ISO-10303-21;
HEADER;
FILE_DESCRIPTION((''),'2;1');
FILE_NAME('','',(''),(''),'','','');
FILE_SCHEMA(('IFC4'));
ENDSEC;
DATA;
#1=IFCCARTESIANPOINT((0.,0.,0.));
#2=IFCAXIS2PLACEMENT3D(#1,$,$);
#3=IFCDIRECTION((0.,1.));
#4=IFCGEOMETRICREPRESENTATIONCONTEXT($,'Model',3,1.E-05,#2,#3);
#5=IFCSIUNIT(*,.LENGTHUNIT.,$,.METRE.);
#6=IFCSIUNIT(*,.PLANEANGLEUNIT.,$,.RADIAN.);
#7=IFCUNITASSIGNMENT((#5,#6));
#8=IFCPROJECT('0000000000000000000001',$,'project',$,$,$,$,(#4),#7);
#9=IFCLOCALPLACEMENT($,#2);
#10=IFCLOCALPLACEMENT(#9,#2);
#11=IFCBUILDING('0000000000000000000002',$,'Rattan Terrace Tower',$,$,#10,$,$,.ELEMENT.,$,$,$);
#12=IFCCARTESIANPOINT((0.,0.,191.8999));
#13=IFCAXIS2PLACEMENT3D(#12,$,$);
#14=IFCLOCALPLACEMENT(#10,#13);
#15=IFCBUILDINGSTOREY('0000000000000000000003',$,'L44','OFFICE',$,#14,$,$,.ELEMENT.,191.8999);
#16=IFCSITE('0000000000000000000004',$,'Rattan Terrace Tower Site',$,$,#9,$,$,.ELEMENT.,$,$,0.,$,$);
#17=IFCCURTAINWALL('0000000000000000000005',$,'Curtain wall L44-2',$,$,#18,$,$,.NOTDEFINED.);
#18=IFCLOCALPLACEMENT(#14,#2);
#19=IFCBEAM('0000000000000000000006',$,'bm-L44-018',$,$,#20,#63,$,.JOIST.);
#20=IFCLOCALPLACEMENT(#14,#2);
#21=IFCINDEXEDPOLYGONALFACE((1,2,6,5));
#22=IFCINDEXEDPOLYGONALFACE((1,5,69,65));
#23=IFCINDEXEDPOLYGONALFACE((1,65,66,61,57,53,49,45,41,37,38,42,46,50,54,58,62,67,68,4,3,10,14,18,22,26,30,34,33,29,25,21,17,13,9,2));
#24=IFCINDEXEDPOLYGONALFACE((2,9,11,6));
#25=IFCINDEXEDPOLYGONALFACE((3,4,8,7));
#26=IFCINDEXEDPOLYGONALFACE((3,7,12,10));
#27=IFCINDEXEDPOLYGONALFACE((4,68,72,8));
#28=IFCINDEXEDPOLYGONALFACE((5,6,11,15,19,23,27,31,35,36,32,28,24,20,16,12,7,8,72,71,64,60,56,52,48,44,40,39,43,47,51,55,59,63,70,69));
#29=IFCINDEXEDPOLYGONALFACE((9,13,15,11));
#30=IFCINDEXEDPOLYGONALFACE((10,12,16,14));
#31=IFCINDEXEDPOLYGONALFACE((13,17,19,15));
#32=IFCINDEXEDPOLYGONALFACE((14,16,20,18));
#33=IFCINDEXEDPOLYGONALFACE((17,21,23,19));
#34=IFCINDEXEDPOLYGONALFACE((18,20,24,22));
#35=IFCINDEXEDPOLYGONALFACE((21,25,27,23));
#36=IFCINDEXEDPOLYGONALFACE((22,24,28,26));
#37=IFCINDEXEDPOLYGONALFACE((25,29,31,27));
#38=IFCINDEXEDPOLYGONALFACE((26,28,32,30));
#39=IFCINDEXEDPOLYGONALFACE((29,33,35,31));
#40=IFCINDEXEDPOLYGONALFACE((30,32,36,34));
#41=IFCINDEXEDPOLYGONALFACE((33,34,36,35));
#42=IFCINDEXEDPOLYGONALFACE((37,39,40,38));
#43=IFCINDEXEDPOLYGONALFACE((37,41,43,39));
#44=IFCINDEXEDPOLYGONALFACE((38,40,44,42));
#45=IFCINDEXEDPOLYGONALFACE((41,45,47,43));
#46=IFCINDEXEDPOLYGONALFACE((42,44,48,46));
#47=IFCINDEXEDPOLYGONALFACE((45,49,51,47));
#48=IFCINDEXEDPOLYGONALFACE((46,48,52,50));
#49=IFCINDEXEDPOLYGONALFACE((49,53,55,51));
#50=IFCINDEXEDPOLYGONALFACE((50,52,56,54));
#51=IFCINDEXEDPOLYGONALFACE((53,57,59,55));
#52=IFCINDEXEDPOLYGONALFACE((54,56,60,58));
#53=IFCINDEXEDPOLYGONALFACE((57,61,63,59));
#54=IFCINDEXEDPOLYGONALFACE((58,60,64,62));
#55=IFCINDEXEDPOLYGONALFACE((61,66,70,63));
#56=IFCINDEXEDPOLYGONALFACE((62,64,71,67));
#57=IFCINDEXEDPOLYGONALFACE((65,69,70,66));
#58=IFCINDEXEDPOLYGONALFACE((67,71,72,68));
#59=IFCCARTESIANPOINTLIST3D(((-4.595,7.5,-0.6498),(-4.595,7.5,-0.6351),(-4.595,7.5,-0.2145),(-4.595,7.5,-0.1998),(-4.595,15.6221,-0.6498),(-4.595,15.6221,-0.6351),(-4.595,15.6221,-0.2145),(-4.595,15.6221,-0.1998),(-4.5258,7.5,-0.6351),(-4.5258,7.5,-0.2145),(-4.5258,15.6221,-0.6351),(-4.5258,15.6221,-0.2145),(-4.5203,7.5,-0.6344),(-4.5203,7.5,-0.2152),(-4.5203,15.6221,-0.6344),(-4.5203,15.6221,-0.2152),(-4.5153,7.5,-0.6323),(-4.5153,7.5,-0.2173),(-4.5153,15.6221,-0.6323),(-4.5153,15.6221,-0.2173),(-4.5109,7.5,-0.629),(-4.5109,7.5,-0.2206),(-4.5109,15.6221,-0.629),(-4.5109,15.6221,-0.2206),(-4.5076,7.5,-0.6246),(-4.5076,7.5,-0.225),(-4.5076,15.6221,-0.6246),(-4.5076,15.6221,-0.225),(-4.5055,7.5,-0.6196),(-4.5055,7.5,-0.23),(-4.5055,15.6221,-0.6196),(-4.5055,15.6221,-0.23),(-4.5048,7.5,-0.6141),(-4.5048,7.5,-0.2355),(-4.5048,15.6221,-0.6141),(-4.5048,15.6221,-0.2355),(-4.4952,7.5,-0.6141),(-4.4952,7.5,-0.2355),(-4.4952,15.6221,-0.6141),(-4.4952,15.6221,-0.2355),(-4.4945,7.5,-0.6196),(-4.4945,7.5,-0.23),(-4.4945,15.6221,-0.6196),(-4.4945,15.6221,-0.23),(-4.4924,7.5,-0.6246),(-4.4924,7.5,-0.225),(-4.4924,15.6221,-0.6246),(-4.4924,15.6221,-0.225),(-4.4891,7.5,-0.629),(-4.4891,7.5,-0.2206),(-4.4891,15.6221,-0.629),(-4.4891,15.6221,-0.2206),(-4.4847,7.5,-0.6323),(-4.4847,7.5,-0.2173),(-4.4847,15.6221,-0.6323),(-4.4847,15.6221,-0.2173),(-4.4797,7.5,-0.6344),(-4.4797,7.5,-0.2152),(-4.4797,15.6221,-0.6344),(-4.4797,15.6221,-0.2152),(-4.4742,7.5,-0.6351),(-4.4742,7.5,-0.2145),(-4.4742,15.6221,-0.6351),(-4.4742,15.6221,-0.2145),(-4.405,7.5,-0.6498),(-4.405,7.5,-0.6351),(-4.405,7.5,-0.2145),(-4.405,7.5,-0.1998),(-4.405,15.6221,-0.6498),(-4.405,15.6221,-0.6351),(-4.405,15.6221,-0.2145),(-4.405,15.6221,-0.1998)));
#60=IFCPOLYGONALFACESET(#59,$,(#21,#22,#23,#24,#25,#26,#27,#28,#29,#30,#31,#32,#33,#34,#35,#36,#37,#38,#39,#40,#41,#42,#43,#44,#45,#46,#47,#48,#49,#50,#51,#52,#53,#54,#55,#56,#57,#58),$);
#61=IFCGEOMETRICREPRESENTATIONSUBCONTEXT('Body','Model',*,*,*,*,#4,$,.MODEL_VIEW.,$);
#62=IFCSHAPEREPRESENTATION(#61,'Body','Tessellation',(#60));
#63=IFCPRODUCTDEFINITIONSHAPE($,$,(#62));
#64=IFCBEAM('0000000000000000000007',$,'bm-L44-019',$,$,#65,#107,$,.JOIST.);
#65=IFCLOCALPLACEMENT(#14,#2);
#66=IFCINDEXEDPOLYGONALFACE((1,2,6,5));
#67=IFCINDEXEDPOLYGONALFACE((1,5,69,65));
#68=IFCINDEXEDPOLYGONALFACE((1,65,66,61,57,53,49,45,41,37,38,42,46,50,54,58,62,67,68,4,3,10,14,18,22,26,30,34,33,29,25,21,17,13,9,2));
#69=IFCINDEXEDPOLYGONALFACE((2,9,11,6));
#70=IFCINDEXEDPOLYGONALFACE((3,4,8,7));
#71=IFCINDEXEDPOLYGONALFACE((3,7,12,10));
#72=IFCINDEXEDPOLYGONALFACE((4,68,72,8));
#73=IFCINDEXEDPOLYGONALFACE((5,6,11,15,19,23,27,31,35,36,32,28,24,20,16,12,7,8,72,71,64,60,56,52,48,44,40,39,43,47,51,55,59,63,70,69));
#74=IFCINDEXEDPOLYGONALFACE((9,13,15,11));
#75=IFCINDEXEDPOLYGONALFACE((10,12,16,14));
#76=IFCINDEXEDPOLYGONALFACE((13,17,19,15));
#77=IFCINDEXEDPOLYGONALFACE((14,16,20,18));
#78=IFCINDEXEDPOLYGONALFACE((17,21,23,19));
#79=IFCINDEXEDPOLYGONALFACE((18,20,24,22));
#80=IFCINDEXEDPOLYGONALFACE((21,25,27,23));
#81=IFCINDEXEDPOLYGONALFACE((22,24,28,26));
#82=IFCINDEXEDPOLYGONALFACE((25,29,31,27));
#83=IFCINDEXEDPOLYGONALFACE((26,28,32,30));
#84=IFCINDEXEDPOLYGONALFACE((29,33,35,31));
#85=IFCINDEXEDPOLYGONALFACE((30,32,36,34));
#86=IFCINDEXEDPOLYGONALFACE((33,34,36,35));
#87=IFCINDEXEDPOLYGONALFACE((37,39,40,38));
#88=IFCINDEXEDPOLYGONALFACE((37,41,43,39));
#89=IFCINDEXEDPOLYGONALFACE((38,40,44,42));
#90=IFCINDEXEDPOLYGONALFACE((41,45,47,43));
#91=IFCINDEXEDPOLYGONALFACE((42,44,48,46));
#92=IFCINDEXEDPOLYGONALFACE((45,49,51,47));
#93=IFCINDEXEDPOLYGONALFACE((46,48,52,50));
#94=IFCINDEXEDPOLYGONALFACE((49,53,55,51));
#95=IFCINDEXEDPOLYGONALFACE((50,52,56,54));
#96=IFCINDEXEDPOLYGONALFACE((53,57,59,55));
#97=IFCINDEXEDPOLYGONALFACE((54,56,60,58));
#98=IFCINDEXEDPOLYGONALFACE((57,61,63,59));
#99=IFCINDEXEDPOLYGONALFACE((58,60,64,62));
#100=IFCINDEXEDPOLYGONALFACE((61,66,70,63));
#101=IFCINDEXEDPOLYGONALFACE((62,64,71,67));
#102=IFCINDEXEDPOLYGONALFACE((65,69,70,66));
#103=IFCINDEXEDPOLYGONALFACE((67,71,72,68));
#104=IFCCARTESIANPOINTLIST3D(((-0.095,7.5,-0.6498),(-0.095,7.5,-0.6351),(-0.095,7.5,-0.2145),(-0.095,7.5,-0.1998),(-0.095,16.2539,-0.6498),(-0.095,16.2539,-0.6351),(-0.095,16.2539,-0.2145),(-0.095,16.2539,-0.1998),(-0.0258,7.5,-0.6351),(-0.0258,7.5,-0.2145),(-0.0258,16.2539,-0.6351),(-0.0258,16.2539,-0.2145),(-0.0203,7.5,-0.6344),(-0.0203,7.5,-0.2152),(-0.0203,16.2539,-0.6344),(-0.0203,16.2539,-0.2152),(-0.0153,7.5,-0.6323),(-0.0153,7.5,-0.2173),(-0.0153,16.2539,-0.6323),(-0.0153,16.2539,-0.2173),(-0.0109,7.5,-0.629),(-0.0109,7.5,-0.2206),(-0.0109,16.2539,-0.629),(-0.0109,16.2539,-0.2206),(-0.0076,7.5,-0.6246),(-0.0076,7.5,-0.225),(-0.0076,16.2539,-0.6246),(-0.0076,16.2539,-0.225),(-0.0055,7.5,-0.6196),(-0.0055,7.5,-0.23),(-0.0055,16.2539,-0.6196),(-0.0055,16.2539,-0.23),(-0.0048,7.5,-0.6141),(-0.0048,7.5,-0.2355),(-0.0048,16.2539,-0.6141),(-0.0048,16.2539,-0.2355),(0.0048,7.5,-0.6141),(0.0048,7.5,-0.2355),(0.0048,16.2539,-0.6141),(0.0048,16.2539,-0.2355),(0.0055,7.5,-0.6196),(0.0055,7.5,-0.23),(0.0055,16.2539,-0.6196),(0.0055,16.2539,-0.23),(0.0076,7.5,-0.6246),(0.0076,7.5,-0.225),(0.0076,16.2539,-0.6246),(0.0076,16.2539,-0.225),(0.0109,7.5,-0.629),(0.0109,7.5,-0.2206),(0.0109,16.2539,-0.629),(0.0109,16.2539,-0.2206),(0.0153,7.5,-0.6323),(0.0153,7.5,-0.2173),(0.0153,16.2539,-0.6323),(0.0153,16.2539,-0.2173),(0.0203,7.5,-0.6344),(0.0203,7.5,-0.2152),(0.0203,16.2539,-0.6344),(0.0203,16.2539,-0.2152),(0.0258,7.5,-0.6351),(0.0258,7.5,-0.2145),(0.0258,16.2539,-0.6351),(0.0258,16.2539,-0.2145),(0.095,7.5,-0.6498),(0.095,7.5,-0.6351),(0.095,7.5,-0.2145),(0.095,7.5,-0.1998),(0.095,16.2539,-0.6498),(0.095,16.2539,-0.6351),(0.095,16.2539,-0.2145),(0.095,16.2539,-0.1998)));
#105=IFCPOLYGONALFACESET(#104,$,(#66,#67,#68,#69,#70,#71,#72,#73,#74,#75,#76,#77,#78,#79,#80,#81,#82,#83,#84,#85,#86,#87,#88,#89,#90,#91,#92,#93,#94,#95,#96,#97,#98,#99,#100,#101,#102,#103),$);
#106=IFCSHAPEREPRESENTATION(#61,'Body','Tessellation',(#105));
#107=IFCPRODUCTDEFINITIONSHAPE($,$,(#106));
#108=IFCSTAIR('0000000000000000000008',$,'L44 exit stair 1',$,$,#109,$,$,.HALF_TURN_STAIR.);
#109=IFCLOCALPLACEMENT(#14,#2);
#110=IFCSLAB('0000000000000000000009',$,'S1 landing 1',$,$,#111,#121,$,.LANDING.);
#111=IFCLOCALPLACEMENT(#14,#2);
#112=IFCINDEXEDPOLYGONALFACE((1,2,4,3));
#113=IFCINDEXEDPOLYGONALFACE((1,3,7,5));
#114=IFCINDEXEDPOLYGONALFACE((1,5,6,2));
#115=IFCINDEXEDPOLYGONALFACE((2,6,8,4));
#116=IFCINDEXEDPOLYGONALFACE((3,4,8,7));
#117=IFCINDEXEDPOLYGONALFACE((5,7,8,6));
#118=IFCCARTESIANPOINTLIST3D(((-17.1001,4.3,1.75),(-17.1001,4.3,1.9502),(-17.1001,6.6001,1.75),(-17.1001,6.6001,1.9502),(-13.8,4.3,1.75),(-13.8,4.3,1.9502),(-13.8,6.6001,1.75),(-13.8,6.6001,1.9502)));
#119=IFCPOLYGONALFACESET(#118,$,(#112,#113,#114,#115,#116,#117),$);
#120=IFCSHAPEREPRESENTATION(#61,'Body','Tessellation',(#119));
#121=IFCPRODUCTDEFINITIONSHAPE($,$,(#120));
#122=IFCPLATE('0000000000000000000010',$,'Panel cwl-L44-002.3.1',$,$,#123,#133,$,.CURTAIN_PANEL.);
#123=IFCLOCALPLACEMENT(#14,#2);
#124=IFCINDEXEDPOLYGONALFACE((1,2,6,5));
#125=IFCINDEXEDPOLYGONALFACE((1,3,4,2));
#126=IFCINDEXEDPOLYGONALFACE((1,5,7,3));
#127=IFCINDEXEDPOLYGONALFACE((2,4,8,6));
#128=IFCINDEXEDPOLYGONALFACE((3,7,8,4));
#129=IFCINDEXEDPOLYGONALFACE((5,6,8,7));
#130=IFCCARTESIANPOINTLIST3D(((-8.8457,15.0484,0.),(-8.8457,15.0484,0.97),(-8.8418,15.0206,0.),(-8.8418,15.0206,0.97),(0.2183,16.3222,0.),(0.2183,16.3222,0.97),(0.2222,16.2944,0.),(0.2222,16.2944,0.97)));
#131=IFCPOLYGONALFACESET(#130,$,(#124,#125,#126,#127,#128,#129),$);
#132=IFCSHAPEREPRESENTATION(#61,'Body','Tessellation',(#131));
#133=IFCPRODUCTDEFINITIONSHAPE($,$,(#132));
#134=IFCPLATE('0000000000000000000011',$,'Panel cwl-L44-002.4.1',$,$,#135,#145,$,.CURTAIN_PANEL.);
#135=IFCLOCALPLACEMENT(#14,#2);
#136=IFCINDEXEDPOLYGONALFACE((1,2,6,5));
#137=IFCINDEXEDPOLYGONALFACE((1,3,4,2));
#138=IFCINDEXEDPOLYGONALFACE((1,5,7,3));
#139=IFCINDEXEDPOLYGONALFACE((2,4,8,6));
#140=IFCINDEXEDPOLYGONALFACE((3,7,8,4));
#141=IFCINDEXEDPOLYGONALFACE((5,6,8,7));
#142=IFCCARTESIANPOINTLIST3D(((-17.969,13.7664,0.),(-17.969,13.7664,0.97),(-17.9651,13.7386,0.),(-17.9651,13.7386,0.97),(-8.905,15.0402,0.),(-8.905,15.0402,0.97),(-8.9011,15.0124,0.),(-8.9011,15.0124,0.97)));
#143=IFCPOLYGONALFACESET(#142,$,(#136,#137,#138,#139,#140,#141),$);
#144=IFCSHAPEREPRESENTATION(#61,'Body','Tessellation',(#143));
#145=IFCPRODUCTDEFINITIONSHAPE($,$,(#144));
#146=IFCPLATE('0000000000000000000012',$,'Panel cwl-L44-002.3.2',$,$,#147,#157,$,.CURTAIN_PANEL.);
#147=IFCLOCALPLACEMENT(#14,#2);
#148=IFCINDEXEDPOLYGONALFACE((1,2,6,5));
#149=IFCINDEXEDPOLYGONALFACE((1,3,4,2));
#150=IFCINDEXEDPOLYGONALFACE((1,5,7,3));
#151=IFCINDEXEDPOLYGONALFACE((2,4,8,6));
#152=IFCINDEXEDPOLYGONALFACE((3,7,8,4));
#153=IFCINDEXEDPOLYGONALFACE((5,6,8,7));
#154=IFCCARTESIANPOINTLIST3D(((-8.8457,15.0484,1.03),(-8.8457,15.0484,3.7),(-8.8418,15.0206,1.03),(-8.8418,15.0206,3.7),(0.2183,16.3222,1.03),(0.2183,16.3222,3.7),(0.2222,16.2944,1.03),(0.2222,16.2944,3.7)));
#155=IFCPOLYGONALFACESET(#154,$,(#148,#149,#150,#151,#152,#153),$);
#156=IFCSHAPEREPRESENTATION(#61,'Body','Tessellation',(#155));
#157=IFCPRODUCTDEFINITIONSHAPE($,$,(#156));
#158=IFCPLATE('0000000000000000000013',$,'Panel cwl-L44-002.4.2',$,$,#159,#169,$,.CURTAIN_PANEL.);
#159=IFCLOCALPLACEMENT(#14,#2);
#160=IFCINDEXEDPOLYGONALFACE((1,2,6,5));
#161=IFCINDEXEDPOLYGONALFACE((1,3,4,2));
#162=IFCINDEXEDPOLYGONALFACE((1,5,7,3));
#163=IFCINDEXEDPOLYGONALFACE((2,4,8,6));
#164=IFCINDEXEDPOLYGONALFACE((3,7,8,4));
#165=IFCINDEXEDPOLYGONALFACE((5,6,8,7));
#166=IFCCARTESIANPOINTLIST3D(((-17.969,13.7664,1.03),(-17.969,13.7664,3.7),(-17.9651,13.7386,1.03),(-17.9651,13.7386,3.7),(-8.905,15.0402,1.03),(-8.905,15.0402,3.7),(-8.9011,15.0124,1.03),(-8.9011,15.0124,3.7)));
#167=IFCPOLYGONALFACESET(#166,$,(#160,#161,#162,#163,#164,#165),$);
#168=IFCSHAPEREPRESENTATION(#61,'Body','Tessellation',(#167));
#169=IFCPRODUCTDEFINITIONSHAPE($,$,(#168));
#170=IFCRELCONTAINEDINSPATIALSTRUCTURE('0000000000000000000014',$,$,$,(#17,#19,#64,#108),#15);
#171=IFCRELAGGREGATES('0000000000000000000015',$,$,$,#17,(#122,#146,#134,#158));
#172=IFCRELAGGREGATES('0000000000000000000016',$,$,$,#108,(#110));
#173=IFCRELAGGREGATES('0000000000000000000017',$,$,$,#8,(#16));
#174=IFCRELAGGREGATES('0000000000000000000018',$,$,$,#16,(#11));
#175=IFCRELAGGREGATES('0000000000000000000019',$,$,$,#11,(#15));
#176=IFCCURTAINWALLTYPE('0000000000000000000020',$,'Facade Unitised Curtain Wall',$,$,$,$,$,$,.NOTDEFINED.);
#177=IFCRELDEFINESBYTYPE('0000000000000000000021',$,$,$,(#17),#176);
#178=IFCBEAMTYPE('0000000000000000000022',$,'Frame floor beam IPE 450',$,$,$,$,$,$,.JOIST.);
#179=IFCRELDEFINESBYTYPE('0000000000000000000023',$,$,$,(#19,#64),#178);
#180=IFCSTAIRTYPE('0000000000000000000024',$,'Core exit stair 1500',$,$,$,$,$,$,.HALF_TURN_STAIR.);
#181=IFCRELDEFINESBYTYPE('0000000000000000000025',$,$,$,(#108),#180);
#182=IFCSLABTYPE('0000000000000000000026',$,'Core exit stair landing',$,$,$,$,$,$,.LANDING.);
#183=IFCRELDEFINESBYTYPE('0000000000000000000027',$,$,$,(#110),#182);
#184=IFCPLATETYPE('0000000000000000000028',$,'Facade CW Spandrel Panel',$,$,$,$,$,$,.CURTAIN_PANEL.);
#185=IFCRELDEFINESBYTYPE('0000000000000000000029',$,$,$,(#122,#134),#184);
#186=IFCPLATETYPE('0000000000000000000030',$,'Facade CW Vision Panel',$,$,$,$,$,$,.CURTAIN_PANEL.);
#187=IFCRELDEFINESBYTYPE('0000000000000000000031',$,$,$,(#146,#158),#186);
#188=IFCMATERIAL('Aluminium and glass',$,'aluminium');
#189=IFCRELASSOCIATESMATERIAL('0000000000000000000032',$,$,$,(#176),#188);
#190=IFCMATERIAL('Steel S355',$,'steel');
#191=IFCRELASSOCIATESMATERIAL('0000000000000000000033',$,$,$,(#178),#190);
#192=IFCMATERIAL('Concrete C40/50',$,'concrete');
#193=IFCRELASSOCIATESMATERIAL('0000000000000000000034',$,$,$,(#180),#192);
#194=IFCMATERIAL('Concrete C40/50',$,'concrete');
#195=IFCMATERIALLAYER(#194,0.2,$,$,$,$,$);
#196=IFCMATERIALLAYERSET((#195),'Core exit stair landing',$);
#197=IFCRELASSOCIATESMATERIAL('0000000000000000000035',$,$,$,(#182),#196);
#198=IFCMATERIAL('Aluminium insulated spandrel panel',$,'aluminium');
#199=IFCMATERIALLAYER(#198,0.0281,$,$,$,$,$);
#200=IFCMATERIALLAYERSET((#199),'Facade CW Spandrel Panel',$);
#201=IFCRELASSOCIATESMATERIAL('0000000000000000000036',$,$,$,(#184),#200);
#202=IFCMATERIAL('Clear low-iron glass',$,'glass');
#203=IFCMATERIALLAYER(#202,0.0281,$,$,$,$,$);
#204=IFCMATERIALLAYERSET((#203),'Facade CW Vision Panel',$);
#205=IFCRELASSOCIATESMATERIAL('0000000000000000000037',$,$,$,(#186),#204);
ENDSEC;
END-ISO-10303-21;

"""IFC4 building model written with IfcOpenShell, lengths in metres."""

from ifc_helpers import new_model, si_unit, direction, frame, origin, origin_2d, place, context, subcontext, project, spatial, polyline, rectangle, i_section, outline, extrude, material, layer, layer_set, material_profile, profile_set, type_object, element, aggregate, save


model = new_model("IFC4")

# Units and contexts
model_context = context("Model", 3, precision=1e-05, world=origin(), true_north=direction((0.0, 1.0)))
body_context = subcontext(model_context, "Body", "Model", "MODEL_VIEW")
ifc_project = project(units=[si_unit("LENGTHUNIT", "METRE"), si_unit("PLANEANGLEUNIT", "RADIAN")], contexts=[model_context])

# Site, building, storey
site_placement = place(None, origin())
site = spatial("IfcSite", under=ifc_project, at=site_placement, Name="Rattan Terrace Tower Site", CompositionType="ELEMENT", RefElevation=0.0)
building_placement = place(site_placement, origin())
building = spatial("IfcBuilding", under=site, at=building_placement, Name="Rattan Terrace Tower", CompositionType="ELEMENT")
storey_placement = place(building_placement, frame((0.0, 0.0, 191.8999)))
storey = spatial("IfcBuildingStorey", under=building, at=storey_placement, Name="L44", Description="OFFICE", CompositionType="ELEMENT", Elevation=191.8999)

# Curtain wall
ifc_material_1 = material(Name="Aluminium and glass", Category="aluminium")
curtain_wall_type = type_object("IfcCurtainWallType", Name="Facade Unitised Curtain Wall", PredefinedType="NOTDEFINED", material=ifc_material_1)
curtain_wall_placement = place(storey_placement, origin())
curtain_wall = element("IfcCurtainWall", 1, at=curtain_wall_placement, inside=storey, type_object=curtain_wall_type, Name="Curtain wall L44-2", PredefinedType="NOTDEFINED")

# Beams
ifc_material_2 = material(Name="Steel S355", Category="steel")
ifc_material_profile_1 = material_profile(ifc_material_2, i_section(OverallWidth=0.1899, OverallDepth=0.45, WebThickness=0.0095, FlangeThickness=0.0146, FilletRadius=0.021, at=origin_2d()), Name="IPE 450")
ifc_profile_set_1 = profile_set([ifc_material_profile_1], Name="Steel S355")
beam_type_1 = type_object("IfcBeamType", Name="Frame floor beam IPE 450", PredefinedType="JOIST", material=ifc_profile_set_1)
beam_1_placement = place(storey_placement, frame((-4.5, 7.5, -0.4248), z_axis=(0.0, 1.0, 0.0), x_axis=(-1.0, 0.0, 0.0)))
element("IfcBeam", 2, at=beam_1_placement, inside=storey, type_object=beam_type_1, Name="bm-L44-018", PredefinedType="JOIST", context=body_context, shape_type="SweptSolid", body=[
    extrude(i_section(OverallWidth=0.1899, OverallDepth=0.45, WebThickness=0.0095, FlangeThickness=0.0146, FilletRadius=0.021, at=origin_2d()), origin(), (0.0, 0.0, 1.0), 8.1221),
])
beam_2_placement = place(storey_placement, frame((0.0, 7.5, -0.4248), z_axis=(0.0, 1.0, 0.0), x_axis=(-1.0, 0.0, 0.0)))
element("IfcBeam", 3, at=beam_2_placement, inside=storey, type_object=beam_type_1, Name="bm-L44-019", PredefinedType="JOIST", context=body_context, shape_type="SweptSolid", body=[
    extrude(i_section(OverallWidth=0.1899, OverallDepth=0.45, WebThickness=0.0095, FlangeThickness=0.0146, FilletRadius=0.021, at=origin_2d()), origin(), (0.0, 0.0, 1.0), 8.7539),
])

# Stair, slab
ifc_material_3 = material(Name="Concrete C40/50", Category="concrete")
stair_type = type_object("IfcStairType", Name="Core exit stair 1500", PredefinedType="HALF_TURN_STAIR", material=ifc_material_3)
stair_placement = place(storey_placement, origin())
stair = element("IfcStair", 4, at=stair_placement, inside=storey, type_object=stair_type, Name="L44 exit stair 1", PredefinedType="HALF_TURN_STAIR")
ifc_material_4 = material(Name="Concrete C40/50", Category="concrete")
ifc_layer_1 = layer(ifc_material_4, 0.2)
ifc_layer_set_1 = layer_set([ifc_layer_1], Name="Core exit stair landing")
slab_type_1 = type_object("IfcSlabType", Name="Core exit stair landing", PredefinedType="LANDING", material=ifc_layer_set_1)
slab_1_placement = place(storey_placement, frame((0.0, 0.0, 1.75)))
slab_1 = element("IfcSlab", 5, at=slab_1_placement, type_object=slab_type_1, Name="S1 landing 1", PredefinedType="LANDING", context=body_context, shape_type="SweptSolid", body=[
    extrude(outline(polyline([(-13.8, 4.3), (-13.8, 6.6001), (-17.1001, 6.6001), (-17.1001, 4.3), (-13.8, 4.3)])), origin(), (0.0, 0.0, 1.0), 0.2002),
])

# Plates
ifc_material_5 = material(Name="Aluminium insulated spandrel panel", Category="aluminium")
ifc_layer_2 = layer(ifc_material_5, 0.0281)
ifc_layer_set_2 = layer_set([ifc_layer_2], Name="Facade CW Spandrel Panel")
plate_type_1 = type_object("IfcPlateType", Name="Facade CW Spandrel Panel", PredefinedType="CURTAIN_PANEL", material=ifc_layer_set_2)
plate_1_placement = place(storey_placement, frame((-4.3118, 15.6714, 0.0), z_axis=(0.0, 0.0, 1.0), x_axis=(-0.99027, -0.139161, 0.0)))
plate_1 = element("IfcPlate", 6, at=plate_1_placement, type_object=plate_type_1, Name="Panel cwl-L44-002.3.1", PredefinedType="CURTAIN_PANEL", context=body_context, shape_type="SweptSolid", body=[
    extrude(rectangle(XDim=9.1531, YDim=0.0281, at=origin_2d()), origin(), (0.0, 0.0, 1.0), 0.97),
])
plate_2_placement = place(storey_placement, frame((-13.4351, 14.3894, 0.0), z_axis=(0.0, 0.0, 1.0), x_axis=(-0.99027, -0.139161, 0.0)))
plate_2 = element("IfcPlate", 7, at=plate_2_placement, type_object=plate_type_1, Name="Panel cwl-L44-002.4.1", PredefinedType="CURTAIN_PANEL", context=body_context, shape_type="SweptSolid", body=[
    extrude(rectangle(XDim=9.1531, YDim=0.0281, at=origin_2d()), origin(), (0.0, 0.0, 1.0), 0.97),
])
ifc_material_6 = material(Name="Clear low-iron glass", Category="glass")
ifc_layer_3 = layer(ifc_material_6, 0.0281)
ifc_layer_set_3 = layer_set([ifc_layer_3], Name="Facade CW Vision Panel")
plate_type_2 = type_object("IfcPlateType", Name="Facade CW Vision Panel", PredefinedType="CURTAIN_PANEL", material=ifc_layer_set_3)
plate_3_placement = place(storey_placement, frame((-4.3118, 15.6714, 1.03), z_axis=(0.0, 0.0, 1.0), x_axis=(-0.99027, -0.139161, 0.0)))
plate_3 = element("IfcPlate", 8, at=plate_3_placement, type_object=plate_type_2, Name="Panel cwl-L44-002.3.2", PredefinedType="CURTAIN_PANEL", context=body_context, shape_type="SweptSolid", body=[
    extrude(rectangle(XDim=9.1531, YDim=0.0281, at=origin_2d()), origin(), (0.0, 0.0, 1.0), 2.6699),
])
plate_4_placement = place(storey_placement, frame((-13.4351, 14.3894, 1.03), z_axis=(0.0, 0.0, 1.0), x_axis=(-0.99027, -0.139161, 0.0)))
plate_4 = element("IfcPlate", 9, at=plate_4_placement, type_object=plate_type_2, Name="Panel cwl-L44-002.4.2", PredefinedType="CURTAIN_PANEL", context=body_context, shape_type="SweptSolid", body=[
    extrude(rectangle(XDim=9.1531, YDim=0.0281, at=origin_2d()), origin(), (0.0, 0.0, 1.0), 2.6699),
])
aggregate(curtain_wall, [plate_1, plate_3, plate_2, plate_4])

aggregate(stair, [slab_1])

save(model, "model.ifc")
